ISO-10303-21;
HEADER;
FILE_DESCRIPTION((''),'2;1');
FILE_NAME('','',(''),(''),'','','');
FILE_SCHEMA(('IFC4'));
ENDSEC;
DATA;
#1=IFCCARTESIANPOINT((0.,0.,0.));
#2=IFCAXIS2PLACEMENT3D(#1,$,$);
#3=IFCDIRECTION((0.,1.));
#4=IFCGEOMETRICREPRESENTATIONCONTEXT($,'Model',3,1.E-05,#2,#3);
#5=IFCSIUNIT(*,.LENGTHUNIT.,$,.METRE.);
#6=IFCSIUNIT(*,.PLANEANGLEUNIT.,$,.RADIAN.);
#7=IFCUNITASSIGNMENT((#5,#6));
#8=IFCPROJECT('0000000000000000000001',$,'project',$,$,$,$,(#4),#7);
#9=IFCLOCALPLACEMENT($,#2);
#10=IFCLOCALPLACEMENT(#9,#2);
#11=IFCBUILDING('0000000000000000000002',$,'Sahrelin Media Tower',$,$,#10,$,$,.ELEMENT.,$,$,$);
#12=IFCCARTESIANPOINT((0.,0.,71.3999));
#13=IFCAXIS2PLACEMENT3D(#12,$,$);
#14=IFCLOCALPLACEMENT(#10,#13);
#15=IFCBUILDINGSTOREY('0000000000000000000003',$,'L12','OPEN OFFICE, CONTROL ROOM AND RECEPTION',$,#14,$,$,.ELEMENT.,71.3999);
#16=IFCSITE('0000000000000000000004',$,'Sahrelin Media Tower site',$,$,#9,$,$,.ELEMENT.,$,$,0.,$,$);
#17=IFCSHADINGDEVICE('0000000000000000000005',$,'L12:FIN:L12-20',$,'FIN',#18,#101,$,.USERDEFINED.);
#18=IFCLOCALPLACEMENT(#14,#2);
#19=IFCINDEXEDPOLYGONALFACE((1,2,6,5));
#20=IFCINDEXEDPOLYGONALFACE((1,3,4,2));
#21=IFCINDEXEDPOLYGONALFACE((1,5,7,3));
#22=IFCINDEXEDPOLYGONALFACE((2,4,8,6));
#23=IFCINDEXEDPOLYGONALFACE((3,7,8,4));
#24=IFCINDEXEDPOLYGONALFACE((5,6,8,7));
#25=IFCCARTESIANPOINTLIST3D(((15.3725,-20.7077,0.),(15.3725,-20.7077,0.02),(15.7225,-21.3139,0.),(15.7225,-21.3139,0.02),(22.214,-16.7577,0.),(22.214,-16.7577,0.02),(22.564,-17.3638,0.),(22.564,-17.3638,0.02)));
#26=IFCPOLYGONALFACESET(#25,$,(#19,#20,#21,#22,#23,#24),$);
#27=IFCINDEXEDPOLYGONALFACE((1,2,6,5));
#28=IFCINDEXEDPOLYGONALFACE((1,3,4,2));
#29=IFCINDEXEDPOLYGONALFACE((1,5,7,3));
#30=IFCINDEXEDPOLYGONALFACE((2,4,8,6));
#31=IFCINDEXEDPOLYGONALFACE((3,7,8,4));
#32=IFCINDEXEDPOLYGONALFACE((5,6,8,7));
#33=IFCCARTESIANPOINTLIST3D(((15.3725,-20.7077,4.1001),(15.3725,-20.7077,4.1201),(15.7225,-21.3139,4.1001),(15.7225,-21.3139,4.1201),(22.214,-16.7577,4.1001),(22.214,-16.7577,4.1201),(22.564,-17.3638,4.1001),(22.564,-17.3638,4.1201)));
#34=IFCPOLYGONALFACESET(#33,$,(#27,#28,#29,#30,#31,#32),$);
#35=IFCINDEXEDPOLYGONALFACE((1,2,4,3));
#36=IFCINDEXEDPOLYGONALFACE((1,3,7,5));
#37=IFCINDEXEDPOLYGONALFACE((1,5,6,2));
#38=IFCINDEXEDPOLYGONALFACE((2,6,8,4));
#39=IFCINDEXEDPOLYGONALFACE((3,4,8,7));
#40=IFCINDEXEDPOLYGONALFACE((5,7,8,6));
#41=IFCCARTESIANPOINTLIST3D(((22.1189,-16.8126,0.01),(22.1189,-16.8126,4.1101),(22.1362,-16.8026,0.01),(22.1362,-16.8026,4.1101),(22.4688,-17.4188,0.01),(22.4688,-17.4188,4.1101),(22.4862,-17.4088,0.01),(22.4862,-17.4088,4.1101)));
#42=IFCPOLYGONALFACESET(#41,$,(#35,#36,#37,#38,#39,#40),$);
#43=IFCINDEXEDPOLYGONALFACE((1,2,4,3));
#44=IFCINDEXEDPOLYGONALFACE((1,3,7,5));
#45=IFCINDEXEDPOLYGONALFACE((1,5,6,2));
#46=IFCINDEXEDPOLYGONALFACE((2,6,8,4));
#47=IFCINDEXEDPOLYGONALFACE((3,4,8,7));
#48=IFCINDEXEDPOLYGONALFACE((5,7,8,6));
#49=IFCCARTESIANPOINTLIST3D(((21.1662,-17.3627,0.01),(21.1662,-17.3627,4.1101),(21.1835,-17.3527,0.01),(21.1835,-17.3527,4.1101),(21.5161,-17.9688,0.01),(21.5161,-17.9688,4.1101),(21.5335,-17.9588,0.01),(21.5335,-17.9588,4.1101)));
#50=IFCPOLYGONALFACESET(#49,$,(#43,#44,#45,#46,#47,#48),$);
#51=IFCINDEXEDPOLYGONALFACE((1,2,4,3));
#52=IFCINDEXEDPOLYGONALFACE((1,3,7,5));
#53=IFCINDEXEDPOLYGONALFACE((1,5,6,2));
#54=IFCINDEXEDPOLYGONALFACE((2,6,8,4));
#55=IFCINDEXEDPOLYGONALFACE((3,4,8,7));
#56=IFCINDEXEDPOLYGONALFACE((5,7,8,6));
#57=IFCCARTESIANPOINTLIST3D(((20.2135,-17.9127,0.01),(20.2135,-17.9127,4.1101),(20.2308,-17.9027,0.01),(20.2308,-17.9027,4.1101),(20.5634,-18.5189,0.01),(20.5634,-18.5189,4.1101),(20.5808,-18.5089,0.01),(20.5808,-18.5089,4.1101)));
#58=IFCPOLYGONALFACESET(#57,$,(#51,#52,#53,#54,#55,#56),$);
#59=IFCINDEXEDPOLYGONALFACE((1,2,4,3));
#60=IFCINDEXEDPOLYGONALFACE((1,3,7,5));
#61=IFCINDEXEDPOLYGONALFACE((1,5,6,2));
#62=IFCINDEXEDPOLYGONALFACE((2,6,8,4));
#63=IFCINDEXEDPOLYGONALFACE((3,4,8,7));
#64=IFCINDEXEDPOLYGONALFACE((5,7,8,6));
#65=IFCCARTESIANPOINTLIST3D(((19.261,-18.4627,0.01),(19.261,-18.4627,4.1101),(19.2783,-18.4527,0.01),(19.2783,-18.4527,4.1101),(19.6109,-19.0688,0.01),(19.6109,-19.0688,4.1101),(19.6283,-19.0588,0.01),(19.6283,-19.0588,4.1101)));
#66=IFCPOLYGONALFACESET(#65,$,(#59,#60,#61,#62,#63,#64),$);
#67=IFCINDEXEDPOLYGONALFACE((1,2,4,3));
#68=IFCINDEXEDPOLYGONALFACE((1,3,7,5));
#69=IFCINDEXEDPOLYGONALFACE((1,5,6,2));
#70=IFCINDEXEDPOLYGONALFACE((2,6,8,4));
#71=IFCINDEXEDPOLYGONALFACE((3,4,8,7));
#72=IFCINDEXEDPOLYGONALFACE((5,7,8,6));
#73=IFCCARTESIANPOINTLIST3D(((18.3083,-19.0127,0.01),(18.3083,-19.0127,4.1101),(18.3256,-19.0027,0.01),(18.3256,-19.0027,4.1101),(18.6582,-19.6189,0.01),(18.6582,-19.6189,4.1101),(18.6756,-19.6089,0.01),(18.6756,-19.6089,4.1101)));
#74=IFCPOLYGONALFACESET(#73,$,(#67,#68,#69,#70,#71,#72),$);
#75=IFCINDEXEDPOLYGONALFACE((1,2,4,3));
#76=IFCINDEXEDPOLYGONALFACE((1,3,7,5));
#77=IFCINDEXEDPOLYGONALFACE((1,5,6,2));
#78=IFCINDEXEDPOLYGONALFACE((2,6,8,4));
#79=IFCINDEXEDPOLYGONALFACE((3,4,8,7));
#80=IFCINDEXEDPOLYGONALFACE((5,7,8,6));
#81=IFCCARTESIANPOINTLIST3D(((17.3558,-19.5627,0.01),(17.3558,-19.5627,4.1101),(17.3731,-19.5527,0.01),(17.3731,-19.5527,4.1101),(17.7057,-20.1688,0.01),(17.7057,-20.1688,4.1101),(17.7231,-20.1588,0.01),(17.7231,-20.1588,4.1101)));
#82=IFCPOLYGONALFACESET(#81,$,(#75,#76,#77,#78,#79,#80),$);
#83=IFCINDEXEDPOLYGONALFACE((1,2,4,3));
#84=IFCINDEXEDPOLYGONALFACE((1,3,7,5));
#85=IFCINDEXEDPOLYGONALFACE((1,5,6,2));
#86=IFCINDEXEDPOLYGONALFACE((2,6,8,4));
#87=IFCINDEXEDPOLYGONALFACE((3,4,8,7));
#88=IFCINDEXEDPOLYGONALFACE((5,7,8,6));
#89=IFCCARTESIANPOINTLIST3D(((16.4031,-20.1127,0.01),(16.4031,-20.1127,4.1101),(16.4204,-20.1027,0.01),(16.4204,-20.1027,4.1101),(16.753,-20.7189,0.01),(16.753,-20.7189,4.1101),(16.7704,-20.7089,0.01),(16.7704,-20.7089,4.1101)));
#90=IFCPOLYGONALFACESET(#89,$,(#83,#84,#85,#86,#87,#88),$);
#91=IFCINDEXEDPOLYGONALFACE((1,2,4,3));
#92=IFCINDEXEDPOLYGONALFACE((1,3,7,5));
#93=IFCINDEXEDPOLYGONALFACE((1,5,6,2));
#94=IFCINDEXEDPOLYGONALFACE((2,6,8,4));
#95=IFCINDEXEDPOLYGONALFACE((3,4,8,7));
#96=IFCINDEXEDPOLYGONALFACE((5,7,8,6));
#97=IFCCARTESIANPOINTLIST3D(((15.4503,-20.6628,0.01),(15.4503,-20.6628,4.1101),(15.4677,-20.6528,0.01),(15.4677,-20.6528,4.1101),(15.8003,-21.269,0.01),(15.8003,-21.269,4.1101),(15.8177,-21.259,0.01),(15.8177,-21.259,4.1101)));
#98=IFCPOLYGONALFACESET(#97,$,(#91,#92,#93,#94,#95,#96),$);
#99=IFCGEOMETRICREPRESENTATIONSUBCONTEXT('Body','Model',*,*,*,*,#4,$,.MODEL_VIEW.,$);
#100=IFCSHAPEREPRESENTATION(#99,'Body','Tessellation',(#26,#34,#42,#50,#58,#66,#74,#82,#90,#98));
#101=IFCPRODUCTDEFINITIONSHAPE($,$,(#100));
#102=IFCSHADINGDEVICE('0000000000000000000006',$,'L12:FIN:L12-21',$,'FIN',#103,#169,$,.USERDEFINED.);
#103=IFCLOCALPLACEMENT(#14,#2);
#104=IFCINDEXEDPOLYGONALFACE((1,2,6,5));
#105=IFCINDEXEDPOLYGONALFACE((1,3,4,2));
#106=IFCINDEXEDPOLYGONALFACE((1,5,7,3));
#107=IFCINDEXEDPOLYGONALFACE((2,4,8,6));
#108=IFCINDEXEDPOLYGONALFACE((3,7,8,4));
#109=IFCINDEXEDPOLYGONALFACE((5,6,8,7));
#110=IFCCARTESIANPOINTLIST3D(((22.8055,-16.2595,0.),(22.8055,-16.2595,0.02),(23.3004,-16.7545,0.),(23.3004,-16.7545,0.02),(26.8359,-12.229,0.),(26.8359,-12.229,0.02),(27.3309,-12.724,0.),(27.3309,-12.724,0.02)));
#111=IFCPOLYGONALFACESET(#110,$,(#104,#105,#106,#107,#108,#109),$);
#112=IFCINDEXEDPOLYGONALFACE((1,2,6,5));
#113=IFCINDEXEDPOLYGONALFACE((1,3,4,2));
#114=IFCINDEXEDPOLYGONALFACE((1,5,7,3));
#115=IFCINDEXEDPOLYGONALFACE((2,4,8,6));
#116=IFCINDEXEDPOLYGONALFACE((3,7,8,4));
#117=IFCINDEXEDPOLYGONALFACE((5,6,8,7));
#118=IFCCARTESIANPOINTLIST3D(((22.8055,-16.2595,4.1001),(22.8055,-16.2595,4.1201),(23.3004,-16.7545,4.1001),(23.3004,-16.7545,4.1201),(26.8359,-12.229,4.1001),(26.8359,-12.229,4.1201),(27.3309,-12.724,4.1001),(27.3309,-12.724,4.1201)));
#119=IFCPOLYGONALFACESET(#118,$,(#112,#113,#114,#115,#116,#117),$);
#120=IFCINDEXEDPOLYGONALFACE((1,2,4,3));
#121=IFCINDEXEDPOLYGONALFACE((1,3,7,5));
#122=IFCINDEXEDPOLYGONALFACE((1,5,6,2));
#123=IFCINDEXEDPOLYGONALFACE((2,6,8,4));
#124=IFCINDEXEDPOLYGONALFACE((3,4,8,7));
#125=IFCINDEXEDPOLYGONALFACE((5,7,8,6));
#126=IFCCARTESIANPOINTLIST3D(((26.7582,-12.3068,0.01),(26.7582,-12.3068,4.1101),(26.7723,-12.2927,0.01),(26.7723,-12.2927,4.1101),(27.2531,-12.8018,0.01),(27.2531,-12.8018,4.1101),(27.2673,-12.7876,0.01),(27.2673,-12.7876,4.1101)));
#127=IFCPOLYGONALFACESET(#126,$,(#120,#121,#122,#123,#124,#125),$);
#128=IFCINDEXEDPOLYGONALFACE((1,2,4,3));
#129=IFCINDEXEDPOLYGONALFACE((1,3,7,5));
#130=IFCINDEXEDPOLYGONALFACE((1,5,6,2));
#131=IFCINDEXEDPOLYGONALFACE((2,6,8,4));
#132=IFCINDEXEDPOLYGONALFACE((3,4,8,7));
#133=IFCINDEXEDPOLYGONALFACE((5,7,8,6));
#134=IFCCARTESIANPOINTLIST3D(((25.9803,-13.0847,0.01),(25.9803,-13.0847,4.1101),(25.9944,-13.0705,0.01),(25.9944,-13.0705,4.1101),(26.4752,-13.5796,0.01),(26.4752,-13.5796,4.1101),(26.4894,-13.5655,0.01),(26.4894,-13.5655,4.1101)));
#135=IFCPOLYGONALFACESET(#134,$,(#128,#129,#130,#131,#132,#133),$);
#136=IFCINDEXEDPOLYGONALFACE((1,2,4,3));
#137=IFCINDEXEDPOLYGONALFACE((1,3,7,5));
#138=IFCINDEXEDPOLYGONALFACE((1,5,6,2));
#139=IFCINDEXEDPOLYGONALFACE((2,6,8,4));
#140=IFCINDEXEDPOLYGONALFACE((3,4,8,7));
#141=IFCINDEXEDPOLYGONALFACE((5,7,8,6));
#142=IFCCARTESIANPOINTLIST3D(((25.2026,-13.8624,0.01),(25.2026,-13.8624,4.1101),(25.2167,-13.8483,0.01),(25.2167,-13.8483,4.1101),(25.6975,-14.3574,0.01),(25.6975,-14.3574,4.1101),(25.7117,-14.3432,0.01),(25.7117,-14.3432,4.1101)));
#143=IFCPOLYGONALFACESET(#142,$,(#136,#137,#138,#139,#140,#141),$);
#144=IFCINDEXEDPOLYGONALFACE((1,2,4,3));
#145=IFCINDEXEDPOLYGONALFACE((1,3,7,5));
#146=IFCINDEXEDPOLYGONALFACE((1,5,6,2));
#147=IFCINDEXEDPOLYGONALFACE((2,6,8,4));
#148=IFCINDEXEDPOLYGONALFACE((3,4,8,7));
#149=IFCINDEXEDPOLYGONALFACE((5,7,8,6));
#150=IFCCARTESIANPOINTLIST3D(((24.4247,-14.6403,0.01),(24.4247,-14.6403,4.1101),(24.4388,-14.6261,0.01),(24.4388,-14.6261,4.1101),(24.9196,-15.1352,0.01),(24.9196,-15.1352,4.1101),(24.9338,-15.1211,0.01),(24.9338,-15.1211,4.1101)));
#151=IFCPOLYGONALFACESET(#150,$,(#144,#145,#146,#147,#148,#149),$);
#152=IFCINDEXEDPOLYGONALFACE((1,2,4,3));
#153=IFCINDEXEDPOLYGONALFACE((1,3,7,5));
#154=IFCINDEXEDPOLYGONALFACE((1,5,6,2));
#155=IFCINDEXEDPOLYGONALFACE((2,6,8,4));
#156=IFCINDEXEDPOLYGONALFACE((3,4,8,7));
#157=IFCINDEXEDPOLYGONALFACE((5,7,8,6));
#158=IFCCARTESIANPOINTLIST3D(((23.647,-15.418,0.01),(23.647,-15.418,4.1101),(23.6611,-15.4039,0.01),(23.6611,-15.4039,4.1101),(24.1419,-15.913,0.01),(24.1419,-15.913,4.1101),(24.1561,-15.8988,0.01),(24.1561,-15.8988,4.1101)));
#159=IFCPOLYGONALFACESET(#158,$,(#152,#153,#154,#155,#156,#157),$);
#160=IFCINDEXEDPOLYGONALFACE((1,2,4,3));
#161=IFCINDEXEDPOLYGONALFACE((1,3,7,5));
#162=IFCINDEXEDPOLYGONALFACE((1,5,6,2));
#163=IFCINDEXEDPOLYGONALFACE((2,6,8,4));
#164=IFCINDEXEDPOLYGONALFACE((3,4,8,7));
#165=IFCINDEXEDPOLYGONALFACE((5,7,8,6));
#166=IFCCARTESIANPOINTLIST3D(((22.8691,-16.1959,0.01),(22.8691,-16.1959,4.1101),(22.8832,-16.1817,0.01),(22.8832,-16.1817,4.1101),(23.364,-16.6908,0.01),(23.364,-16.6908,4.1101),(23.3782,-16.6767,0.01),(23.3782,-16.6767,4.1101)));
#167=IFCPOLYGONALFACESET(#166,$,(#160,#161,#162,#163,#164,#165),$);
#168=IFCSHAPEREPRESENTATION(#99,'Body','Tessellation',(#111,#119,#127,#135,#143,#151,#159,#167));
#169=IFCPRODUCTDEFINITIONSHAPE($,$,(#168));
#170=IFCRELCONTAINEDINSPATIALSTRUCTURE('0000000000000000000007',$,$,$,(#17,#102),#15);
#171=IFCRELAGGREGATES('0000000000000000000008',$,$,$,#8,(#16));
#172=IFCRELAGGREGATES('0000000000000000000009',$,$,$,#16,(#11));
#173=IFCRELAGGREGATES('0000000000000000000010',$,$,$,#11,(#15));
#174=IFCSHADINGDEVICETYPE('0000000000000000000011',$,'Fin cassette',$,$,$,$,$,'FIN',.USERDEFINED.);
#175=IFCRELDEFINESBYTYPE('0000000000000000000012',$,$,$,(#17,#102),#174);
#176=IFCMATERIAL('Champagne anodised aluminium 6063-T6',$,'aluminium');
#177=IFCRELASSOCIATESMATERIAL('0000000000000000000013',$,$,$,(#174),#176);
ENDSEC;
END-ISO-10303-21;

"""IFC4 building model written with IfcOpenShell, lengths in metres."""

from ifc_helpers import new_model, si_unit, direction, frame, origin, origin_2d, place, context, subcontext, project, spatial, rectangle, extrude, material, type_object, element, save


model = new_model("IFC4")

# Units and contexts
model_context = context("Model", 3, precision=1e-05, world=origin(), true_north=direction((0.0, 1.0)))
body_context = subcontext(model_context, "Body", "Model", "MODEL_VIEW")
ifc_project = project(units=[si_unit("LENGTHUNIT", "METRE"), si_unit("PLANEANGLEUNIT", "RADIAN")], contexts=[model_context])

# Site, building, storey
site_placement = place(None, origin())
site = spatial("IfcSite", under=ifc_project, at=site_placement, Name="Sahrelin Media Tower site", CompositionType="ELEMENT", RefElevation=0.0)
building_placement = place(site_placement, origin())
building = spatial("IfcBuilding", under=site, at=building_placement, Name="Sahrelin Media Tower", CompositionType="ELEMENT")
storey_placement = place(building_placement, frame((0.0, 0.0, 71.3999)))
storey = spatial("IfcBuildingStorey", under=building, at=storey_placement, Name="L12", Description="OPEN OFFICE, CONTROL ROOM AND RECEPTION", CompositionType="ELEMENT", Elevation=71.3999)

# Shared definitions
ifc_material_1 = material(Name="Champagne anodised aluminium 6063-T6", Category="aluminium")

# Shading devices
shading_device_type_1 = type_object("IfcShadingDeviceType", Name="Fin cassette", ElementType="FIN", PredefinedType="USERDEFINED", material=ifc_material_1)
placement_1 = place(storey_placement, frame((18.7583, -18.6721, 0.0), z_axis=(0.0, 0.0, 1.0), x_axis=(-0.866019, -0.500011, 0.0)))
element("IfcShadingDevice", 1, at=placement_1, inside=storey, type_object=shading_device_type_1, Name="L12:FIN:L12-20", ObjectType="FIN", PredefinedType="USERDEFINED", context=body_context, shape_type="SweptSolid", body=[
    extrude(rectangle(XDim=7.8999, YDim=0.7, at=origin_2d()), frame((0.0, 0.4199, 0.0)), (0.0, 0.0, 1.0), 0.02),
    extrude(rectangle(XDim=7.8999, YDim=0.7, at=origin_2d()), frame((0.0, 0.4199, 4.1001)), (0.0, 0.0, 1.0), 0.02),
    extrude(rectangle(XDim=0.02, YDim=0.7, at=origin_2d()), frame((-3.8501, 0.4199, 0.01), z_axis=(0.0, 0.0, 1.0), x_axis=(1.0, 0.0, 0.0)), (0.0, 0.0, 1.0), 4.1001),
    extrude(rectangle(XDim=0.02, YDim=0.7, at=origin_2d()), frame((-2.75, 0.4199, 0.01), z_axis=(0.0, 0.0, 1.0), x_axis=(1.0, 0.0, 0.0)), (0.0, 0.0, 1.0), 4.1001),
    extrude(rectangle(XDim=0.02, YDim=0.7, at=origin_2d()), frame((-1.6499, 0.4199, 0.01), z_axis=(0.0, 0.0, 1.0), x_axis=(1.0, 0.0, 0.0)), (0.0, 0.0, 1.0), 4.1001),
    extrude(rectangle(XDim=0.02, YDim=0.7, at=origin_2d()), frame((-0.55, 0.4199, 0.01), z_axis=(0.0, 0.0, 1.0), x_axis=(1.0, 0.0, 0.0)), (0.0, 0.0, 1.0), 4.1001),
    extrude(rectangle(XDim=0.02, YDim=0.7, at=origin_2d()), frame((0.55, 0.4199, 0.01), z_axis=(0.0, 0.0, 1.0), x_axis=(1.0, 0.0, 0.0)), (0.0, 0.0, 1.0), 4.1001),
    extrude(rectangle(XDim=0.02, YDim=0.7, at=origin_2d()), frame((1.6499, 0.4199, 0.01), z_axis=(0.0, 0.0, 1.0), x_axis=(1.0, 0.0, 0.0)), (0.0, 0.0, 1.0), 4.1001),
    extrude(rectangle(XDim=0.02, YDim=0.7, at=origin_2d()), frame((2.75, 0.4199, 0.01), z_axis=(0.0, 0.0, 1.0), x_axis=(1.0, 0.0, 0.0)), (0.0, 0.0, 1.0), 4.1001),
    extrude(rectangle(XDim=0.02, YDim=0.7, at=origin_2d()), frame((3.8501, 0.4199, 0.01), z_axis=(0.0, 0.0, 1.0), x_axis=(1.0, 0.0, 0.0)), (0.0, 0.0, 1.0), 4.1001),
])
placement_2 = place(storey_placement, frame((24.7712, -14.1948, 0.0), z_axis=(0.0, 0.0, 1.0), x_axis=(-0.707107, -0.707107, 0.0)))
element("IfcShadingDevice", 2, at=placement_2, inside=storey, type_object=shading_device_type_1, Name="L12:FIN:L12-21", ObjectType="FIN", PredefinedType="USERDEFINED", context=body_context, shape_type="SweptSolid", body=[
    extrude(rectangle(XDim=5.7, YDim=0.7, at=origin_2d()), frame((0.0, 0.4199, 0.0)), (0.0, 0.0, 1.0), 0.02),
    extrude(rectangle(XDim=5.7, YDim=0.7, at=origin_2d()), frame((0.0, 0.4199, 4.1001)), (0.0, 0.0, 1.0), 0.02),
    extrude(rectangle(XDim=0.02, YDim=0.7, at=origin_2d()), frame((-2.75, 0.4199, 0.01), z_axis=(0.0, 0.0, 1.0), x_axis=(1.0, 0.0, 0.0)), (0.0, 0.0, 1.0), 4.1001),
    extrude(rectangle(XDim=0.02, YDim=0.7, at=origin_2d()), frame((-1.6499, 0.4199, 0.01), z_axis=(0.0, 0.0, 1.0), x_axis=(1.0, 0.0, 0.0)), (0.0, 0.0, 1.0), 4.1001),
    extrude(rectangle(XDim=0.02, YDim=0.7, at=origin_2d()), frame((-0.55, 0.4199, 0.01), z_axis=(0.0, 0.0, 1.0), x_axis=(1.0, 0.0, 0.0)), (0.0, 0.0, 1.0), 4.1001),
    extrude(rectangle(XDim=0.02, YDim=0.7, at=origin_2d()), frame((0.55, 0.4199, 0.01), z_axis=(0.0, 0.0, 1.0), x_axis=(1.0, 0.0, 0.0)), (0.0, 0.0, 1.0), 4.1001),
    extrude(rectangle(XDim=0.02, YDim=0.7, at=origin_2d()), frame((1.6499, 0.4199, 0.01), z_axis=(0.0, 0.0, 1.0), x_axis=(1.0, 0.0, 0.0)), (0.0, 0.0, 1.0), 4.1001),
    extrude(rectangle(XDim=0.02, YDim=0.7, at=origin_2d()), frame((2.75, 0.4199, 0.01), z_axis=(0.0, 0.0, 1.0), x_axis=(1.0, 0.0, 0.0)), (0.0, 0.0, 1.0), 4.1001),
])

save(model, "model.ifc")
